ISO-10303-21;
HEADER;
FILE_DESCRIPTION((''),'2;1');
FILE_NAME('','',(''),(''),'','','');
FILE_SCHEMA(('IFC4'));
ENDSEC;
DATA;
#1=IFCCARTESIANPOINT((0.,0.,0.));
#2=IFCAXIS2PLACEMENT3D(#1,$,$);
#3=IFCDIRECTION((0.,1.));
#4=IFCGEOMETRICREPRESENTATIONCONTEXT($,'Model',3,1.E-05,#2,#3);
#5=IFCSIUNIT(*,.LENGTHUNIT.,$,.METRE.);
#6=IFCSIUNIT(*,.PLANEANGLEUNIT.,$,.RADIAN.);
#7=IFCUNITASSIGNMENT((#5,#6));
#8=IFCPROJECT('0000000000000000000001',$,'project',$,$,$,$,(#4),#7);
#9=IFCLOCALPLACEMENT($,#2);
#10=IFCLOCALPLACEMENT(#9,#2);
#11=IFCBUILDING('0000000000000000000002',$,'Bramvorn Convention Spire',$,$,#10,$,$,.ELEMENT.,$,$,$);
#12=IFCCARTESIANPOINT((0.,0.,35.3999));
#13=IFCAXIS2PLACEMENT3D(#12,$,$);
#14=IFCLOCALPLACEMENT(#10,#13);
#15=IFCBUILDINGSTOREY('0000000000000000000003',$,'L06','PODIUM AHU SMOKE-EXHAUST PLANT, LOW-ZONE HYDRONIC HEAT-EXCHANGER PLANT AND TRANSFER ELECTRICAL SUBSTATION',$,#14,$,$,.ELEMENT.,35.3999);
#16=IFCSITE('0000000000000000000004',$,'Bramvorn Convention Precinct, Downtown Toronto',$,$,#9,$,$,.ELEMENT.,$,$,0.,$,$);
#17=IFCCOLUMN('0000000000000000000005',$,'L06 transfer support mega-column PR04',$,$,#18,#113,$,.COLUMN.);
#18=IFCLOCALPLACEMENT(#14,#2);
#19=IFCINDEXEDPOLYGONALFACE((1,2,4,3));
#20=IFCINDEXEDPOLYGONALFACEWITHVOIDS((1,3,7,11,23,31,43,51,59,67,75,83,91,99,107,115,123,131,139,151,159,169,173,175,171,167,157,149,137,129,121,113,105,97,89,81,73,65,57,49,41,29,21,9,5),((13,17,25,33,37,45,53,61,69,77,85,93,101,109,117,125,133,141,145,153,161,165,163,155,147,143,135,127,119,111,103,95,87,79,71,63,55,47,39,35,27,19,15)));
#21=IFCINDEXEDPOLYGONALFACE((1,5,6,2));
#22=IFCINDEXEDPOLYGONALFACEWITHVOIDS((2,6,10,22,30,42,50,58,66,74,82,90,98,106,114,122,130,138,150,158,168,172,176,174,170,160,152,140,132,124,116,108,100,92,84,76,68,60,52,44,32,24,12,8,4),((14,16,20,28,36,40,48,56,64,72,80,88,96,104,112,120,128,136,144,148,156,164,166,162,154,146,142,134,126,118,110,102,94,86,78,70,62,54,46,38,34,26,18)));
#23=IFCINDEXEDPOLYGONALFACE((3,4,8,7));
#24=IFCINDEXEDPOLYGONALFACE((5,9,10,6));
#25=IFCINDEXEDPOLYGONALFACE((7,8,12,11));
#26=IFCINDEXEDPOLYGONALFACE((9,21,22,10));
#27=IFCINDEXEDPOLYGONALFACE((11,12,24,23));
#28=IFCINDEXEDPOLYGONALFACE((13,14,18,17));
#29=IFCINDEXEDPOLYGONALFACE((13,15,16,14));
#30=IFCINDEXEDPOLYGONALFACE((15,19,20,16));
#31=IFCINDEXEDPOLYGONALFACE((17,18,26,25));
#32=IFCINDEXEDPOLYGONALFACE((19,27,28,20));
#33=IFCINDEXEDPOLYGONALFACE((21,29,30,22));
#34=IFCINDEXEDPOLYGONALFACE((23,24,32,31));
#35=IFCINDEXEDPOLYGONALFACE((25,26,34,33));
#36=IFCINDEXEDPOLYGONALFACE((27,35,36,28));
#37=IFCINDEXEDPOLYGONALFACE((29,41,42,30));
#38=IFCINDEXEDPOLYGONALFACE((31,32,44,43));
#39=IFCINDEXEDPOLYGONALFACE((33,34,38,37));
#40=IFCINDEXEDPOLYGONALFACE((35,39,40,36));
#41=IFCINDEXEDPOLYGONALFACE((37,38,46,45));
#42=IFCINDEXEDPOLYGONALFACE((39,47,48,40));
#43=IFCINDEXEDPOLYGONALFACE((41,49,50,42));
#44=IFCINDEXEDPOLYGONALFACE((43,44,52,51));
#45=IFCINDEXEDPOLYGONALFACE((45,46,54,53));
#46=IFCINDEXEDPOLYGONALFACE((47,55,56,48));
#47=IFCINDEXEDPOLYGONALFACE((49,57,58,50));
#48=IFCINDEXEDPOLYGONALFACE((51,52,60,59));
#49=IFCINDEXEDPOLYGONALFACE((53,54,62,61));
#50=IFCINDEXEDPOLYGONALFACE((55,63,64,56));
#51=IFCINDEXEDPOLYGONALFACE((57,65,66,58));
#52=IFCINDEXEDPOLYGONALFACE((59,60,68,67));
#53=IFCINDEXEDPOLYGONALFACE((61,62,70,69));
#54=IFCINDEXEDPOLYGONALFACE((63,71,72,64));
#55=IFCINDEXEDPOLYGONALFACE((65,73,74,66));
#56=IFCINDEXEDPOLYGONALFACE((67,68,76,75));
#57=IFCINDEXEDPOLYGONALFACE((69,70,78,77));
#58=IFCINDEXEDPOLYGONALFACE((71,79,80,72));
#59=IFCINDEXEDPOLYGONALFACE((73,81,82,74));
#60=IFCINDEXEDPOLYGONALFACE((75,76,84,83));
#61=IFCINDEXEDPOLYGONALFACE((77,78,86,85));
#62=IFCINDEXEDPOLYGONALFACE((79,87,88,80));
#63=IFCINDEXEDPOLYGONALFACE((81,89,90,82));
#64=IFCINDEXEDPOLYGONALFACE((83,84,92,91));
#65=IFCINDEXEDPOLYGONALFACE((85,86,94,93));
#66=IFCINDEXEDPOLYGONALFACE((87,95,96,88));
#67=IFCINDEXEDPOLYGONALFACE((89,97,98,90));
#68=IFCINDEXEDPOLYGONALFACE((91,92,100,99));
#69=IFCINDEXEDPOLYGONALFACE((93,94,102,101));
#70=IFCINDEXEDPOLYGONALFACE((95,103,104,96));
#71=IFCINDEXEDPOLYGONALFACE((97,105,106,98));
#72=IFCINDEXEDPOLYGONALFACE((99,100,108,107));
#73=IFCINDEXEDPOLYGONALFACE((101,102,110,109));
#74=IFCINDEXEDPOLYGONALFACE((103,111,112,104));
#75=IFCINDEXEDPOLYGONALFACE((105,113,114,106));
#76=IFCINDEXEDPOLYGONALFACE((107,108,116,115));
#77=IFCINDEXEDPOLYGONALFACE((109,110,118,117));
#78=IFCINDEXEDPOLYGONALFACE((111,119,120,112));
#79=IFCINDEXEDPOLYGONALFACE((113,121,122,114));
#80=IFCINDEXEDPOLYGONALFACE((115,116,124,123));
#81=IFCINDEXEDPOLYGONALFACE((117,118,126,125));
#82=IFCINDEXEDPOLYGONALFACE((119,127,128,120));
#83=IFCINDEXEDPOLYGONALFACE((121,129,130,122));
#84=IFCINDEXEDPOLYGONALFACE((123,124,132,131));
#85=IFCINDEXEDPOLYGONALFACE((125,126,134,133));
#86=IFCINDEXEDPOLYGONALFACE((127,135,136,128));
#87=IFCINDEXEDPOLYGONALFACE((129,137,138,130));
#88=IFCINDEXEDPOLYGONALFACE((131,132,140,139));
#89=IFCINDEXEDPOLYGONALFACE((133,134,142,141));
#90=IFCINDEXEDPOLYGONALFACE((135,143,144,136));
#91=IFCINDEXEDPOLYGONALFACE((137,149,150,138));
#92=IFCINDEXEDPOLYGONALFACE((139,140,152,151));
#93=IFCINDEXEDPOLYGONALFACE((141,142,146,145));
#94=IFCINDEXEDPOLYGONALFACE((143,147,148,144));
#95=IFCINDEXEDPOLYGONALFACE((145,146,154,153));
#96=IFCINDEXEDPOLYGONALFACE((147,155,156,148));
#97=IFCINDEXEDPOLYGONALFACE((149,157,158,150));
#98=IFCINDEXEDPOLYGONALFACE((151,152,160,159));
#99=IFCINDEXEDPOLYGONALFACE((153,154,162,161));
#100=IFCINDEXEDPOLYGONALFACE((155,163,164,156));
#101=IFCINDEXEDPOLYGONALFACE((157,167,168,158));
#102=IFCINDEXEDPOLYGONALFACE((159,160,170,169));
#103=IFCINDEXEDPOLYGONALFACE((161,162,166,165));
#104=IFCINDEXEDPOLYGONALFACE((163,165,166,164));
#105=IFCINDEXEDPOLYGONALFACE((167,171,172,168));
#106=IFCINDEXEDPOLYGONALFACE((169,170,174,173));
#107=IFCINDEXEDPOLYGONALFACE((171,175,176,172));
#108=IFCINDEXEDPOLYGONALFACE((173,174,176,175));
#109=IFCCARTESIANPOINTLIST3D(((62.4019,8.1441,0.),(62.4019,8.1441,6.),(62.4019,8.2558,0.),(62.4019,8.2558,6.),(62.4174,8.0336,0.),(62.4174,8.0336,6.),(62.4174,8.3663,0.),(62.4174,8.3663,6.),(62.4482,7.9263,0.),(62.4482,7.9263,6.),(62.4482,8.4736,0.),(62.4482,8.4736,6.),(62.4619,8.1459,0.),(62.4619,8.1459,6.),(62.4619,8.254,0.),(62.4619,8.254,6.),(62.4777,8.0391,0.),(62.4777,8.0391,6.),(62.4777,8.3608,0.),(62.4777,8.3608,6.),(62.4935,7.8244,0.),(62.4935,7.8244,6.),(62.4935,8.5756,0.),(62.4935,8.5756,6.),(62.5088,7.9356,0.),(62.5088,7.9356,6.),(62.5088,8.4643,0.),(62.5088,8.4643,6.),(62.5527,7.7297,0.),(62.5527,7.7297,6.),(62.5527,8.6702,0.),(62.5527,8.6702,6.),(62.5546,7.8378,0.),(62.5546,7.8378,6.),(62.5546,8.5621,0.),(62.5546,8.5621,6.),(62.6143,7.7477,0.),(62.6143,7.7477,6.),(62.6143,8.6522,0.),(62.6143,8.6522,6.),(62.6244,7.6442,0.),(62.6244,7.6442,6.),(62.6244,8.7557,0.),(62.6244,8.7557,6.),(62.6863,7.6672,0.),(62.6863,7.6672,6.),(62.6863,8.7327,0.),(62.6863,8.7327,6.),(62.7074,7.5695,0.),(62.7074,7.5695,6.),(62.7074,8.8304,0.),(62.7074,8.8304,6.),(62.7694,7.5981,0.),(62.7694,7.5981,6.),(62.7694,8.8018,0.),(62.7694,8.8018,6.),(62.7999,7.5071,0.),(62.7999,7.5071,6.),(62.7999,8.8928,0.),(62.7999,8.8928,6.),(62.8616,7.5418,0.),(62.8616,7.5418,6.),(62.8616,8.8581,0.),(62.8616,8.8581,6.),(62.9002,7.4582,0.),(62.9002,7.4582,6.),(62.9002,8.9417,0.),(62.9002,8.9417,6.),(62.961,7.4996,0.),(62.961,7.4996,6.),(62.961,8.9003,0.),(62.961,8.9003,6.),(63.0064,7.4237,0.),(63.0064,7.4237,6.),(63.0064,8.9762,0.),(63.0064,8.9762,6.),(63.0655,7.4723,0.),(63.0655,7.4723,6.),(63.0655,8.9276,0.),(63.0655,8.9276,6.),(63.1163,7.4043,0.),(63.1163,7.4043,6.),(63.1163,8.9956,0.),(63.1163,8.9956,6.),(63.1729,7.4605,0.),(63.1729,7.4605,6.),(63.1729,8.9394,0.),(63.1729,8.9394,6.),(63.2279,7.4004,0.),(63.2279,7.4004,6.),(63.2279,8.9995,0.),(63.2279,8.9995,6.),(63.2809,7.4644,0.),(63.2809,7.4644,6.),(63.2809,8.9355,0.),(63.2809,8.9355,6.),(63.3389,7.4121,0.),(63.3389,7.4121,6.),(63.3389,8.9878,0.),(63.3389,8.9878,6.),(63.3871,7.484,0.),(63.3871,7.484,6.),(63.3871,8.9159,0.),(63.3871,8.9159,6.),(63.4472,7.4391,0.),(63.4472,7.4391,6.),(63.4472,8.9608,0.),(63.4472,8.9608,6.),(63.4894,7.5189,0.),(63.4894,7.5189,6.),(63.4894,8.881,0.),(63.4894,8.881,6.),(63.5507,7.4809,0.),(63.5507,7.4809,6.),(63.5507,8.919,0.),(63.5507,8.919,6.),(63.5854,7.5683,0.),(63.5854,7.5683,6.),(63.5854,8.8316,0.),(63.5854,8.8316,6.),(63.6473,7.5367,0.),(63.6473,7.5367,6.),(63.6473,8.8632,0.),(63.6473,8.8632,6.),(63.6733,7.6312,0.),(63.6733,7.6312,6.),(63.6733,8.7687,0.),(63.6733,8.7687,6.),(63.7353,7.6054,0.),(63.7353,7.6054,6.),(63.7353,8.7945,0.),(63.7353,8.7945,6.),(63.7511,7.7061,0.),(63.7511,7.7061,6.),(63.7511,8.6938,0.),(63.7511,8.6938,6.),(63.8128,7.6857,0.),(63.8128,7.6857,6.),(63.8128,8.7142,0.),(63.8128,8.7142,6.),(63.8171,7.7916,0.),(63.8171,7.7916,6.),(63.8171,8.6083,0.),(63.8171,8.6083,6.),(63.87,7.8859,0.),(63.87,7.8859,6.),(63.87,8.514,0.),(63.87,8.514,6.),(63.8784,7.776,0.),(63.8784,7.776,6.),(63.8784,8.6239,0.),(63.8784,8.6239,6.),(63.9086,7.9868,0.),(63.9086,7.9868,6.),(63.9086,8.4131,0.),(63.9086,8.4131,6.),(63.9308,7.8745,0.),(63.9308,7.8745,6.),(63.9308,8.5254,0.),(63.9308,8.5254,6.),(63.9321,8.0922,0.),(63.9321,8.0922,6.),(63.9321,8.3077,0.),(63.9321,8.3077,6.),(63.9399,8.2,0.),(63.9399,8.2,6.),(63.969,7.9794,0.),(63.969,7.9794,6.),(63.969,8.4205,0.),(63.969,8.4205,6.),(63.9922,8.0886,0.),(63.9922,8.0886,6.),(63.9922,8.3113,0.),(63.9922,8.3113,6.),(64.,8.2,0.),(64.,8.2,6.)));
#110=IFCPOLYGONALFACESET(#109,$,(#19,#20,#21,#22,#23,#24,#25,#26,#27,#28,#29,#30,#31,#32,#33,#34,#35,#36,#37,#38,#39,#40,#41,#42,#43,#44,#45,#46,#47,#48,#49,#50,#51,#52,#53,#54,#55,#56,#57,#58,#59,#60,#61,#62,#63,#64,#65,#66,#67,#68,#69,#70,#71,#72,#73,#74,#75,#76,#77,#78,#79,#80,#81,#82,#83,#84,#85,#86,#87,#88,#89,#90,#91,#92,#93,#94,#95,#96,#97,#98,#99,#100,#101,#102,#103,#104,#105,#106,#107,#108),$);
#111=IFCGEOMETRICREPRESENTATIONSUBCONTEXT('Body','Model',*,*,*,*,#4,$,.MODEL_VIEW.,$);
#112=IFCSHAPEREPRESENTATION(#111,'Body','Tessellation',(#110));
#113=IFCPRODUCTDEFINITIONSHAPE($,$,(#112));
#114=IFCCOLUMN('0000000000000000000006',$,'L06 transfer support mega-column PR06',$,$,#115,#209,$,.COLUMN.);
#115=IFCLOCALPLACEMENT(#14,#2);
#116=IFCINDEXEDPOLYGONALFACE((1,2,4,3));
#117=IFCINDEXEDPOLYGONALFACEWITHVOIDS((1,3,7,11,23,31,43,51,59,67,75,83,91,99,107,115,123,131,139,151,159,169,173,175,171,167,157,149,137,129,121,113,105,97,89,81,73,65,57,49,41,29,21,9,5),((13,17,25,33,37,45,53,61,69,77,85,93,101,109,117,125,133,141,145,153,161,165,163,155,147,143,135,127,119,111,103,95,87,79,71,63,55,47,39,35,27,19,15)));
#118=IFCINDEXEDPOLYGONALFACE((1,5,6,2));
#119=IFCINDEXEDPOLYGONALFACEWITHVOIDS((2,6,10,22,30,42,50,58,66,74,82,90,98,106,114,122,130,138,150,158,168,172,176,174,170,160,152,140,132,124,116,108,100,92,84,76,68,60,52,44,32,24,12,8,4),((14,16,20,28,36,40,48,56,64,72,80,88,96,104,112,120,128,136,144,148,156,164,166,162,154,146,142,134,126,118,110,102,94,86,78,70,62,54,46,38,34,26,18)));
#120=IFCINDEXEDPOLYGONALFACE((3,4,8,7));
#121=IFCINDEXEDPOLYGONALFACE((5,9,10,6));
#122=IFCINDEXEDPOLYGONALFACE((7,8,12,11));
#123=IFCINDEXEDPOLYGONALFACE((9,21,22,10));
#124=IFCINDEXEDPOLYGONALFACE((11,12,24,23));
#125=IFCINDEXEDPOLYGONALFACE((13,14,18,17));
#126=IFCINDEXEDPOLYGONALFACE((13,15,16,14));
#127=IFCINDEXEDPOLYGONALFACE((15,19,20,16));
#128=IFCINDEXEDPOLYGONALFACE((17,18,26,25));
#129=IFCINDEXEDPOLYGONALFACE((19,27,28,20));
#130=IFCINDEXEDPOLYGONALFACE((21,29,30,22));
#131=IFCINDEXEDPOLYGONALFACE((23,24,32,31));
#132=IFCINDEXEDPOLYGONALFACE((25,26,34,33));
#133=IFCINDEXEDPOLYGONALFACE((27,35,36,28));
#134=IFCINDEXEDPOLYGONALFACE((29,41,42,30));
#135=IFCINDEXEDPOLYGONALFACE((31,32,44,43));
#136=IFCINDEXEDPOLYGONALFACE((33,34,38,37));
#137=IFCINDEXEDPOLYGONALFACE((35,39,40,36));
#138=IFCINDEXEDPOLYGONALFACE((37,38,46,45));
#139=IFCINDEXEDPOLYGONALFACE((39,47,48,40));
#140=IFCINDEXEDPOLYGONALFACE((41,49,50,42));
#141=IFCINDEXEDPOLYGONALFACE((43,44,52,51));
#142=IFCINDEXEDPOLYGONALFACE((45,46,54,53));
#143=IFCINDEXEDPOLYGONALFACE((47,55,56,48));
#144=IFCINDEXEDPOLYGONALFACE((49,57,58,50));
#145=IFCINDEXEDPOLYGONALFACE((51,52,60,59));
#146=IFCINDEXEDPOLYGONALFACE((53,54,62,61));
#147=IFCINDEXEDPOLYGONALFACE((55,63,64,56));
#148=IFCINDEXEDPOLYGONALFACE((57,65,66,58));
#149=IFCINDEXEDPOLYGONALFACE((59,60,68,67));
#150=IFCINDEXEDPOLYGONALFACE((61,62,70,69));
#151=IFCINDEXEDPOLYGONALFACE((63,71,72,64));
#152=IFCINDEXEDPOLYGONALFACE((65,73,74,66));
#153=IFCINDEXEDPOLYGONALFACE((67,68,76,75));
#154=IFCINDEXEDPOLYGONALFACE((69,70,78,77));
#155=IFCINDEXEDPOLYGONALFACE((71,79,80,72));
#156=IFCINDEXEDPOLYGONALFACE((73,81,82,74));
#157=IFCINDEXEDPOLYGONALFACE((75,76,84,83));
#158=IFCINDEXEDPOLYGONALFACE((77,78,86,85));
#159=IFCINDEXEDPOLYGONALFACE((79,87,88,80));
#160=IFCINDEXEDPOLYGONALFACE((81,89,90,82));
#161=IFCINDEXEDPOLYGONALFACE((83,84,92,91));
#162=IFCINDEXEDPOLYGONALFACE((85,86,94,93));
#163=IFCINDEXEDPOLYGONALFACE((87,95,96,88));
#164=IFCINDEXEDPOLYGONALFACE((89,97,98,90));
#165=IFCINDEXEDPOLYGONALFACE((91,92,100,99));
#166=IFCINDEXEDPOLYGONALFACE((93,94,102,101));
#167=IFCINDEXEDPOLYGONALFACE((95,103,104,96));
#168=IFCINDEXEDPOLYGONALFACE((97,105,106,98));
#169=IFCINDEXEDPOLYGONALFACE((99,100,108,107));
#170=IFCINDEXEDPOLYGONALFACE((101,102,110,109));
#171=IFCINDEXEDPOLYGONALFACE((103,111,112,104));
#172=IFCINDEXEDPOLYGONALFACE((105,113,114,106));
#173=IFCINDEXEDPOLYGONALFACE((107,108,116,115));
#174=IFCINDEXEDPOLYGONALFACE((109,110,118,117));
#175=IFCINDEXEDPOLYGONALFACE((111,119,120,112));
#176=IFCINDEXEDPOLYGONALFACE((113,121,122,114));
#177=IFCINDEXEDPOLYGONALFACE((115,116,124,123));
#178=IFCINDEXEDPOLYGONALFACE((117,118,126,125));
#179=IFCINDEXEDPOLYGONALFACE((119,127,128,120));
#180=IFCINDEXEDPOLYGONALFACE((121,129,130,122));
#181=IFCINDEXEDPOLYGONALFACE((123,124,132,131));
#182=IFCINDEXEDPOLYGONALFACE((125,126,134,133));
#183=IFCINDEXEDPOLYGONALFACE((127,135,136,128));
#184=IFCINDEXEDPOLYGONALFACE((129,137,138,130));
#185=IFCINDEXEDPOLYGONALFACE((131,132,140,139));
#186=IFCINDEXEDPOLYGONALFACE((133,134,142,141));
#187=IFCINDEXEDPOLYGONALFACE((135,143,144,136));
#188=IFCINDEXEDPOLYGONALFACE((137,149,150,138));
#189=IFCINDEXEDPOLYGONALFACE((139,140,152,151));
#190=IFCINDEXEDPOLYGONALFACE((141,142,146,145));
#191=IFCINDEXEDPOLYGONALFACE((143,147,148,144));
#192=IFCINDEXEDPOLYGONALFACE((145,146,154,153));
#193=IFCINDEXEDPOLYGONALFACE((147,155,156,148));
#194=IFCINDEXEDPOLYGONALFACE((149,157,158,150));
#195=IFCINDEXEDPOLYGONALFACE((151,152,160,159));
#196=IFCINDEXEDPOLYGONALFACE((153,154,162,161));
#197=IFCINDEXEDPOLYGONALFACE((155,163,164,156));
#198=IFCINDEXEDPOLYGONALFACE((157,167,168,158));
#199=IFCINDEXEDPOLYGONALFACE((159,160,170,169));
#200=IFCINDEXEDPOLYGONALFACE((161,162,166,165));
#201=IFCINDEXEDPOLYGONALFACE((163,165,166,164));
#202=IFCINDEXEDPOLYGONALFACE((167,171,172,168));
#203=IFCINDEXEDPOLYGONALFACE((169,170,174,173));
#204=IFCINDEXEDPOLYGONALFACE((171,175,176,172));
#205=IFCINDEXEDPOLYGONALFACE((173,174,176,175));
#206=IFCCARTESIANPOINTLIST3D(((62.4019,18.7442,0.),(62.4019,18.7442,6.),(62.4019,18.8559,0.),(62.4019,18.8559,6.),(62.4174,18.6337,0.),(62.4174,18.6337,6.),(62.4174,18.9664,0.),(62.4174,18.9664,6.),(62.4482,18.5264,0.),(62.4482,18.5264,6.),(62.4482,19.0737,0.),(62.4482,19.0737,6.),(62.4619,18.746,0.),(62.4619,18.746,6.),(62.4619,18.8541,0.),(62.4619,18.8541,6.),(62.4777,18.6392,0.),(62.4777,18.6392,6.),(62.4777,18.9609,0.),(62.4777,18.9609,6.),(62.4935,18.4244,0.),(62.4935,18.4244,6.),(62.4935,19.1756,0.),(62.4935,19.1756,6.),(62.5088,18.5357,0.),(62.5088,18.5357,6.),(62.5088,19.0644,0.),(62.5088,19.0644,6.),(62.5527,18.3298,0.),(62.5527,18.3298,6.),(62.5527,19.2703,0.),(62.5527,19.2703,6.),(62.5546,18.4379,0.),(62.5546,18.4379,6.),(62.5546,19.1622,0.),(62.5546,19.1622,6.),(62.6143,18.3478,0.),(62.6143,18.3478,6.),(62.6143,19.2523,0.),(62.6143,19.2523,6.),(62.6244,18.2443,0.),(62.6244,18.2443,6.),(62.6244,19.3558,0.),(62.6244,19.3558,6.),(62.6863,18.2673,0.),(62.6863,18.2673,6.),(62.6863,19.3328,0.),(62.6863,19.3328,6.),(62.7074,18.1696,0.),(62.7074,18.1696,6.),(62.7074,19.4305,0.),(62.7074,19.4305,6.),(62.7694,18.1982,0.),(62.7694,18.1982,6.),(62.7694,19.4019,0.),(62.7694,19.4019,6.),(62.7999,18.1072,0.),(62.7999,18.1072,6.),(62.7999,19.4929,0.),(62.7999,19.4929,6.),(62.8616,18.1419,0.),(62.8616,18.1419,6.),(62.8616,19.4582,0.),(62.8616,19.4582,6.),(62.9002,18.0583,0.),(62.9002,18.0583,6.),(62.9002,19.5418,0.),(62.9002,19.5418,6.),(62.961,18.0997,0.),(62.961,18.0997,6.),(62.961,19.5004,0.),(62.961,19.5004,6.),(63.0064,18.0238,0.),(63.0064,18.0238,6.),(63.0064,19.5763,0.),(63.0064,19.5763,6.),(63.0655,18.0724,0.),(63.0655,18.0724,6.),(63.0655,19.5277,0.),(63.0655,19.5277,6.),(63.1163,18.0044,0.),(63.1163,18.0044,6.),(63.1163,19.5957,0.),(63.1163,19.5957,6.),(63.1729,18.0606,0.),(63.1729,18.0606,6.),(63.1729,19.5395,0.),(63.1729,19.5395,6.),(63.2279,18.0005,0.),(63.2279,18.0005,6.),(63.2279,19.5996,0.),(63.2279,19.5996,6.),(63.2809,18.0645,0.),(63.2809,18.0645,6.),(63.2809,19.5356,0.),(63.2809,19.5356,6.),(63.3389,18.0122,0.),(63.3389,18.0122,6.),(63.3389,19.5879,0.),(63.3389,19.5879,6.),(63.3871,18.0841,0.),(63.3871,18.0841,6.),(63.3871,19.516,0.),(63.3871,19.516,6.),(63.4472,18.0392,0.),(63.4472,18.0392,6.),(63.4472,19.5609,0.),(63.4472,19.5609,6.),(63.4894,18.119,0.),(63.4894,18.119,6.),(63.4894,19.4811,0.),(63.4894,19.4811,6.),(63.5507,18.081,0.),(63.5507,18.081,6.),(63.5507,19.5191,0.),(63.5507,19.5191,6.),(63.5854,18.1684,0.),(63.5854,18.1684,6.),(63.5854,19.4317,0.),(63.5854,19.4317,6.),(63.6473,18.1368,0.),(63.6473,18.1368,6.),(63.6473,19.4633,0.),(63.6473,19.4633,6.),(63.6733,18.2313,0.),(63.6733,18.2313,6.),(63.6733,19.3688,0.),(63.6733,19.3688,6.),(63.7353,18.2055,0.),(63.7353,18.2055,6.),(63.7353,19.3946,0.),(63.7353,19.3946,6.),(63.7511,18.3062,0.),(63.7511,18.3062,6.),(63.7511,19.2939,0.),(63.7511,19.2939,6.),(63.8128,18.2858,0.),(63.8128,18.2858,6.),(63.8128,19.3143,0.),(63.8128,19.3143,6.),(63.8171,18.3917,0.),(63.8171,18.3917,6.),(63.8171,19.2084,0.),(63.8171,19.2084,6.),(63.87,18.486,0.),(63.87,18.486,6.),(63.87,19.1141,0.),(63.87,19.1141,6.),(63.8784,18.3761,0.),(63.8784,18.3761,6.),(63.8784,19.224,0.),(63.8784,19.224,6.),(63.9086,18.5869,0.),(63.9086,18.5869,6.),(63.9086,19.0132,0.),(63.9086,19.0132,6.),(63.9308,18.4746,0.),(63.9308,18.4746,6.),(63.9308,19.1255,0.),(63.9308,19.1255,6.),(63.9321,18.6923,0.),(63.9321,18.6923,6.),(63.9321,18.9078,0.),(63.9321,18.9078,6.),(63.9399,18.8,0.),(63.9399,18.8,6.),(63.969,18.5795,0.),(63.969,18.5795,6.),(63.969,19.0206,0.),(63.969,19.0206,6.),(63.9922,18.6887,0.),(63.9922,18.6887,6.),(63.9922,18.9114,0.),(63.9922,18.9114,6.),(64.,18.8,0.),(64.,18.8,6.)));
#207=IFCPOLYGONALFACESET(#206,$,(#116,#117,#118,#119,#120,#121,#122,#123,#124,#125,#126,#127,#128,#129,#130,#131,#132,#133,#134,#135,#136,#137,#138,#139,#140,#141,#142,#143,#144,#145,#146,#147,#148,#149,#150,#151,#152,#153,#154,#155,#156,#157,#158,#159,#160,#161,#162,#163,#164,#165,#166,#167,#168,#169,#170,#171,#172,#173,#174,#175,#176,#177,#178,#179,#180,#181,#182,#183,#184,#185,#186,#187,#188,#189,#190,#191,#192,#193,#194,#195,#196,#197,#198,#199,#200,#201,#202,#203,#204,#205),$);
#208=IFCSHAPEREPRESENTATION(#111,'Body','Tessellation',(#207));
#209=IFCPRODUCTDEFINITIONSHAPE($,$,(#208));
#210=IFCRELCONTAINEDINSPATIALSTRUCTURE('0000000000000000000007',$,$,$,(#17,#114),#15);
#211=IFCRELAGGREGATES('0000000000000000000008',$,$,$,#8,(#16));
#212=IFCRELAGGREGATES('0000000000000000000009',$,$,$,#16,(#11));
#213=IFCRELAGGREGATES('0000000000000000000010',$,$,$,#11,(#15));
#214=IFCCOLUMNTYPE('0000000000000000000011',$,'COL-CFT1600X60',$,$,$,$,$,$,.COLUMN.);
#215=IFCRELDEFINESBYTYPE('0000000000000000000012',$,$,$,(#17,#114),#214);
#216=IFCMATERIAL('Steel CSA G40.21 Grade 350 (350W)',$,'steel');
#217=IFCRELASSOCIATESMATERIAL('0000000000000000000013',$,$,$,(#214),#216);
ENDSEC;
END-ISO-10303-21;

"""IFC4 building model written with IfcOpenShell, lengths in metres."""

from ifc_helpers import new_model, si_unit, direction, frame, origin, origin_2d, place, context, subcontext, project, spatial, hollow_circle, extrude, material, material_profile, profile_set, type_object, element, save


model = new_model("IFC4")

# Units and contexts
model_context = context("Model", 3, precision=1e-05, world=origin(), true_north=direction((0.0, 1.0)))
body_context = subcontext(model_context, "Body", "Model", "MODEL_VIEW")
ifc_project = project(units=[si_unit("LENGTHUNIT", "METRE"), si_unit("PLANEANGLEUNIT", "RADIAN")], contexts=[model_context])

# Site, building, storey
site_placement = place(None, origin())
site = spatial("IfcSite", under=ifc_project, at=site_placement, Name="Bramvorn Convention Precinct, Downtown Toronto", CompositionType="ELEMENT", RefElevation=0.0)
building_placement = place(site_placement, origin())
building = spatial("IfcBuilding", under=site, at=building_placement, Name="Bramvorn Convention Spire", CompositionType="ELEMENT")
storey_placement = place(building_placement, frame((0.0, 0.0, 35.3999)))
storey = spatial("IfcBuildingStorey", under=building, at=storey_placement, Name="L06", Description="PODIUM AHU SMOKE-EXHAUST PLANT, LOW-ZONE HYDRONIC HEAT-EXCHANGER PLANT AND TRANSFER ELECTRICAL SUBSTATION", CompositionType="ELEMENT", Elevation=35.3999)

# Columns
ifc_material_1 = material(Name="Steel CSA G40.21 Grade 350 (350W)", Category="steel")
ifc_material_profile_1 = material_profile(ifc_material_1, hollow_circle(Radius=0.8, WallThickness=0.0601, at=origin_2d()))
ifc_profile_set_1 = profile_set([ifc_material_profile_1], Name="Steel CSA G40.21 Grade 350 (350W) - CFT1600X60")
column_type = type_object("IfcColumnType", Name="COL-CFT1600X60", PredefinedType="COLUMN", material=ifc_profile_set_1)
for number, where, z_axis, x_axis, name in (
    (1, (63.2, 8.2, 0.0), (0.0, 0.0, 1.0), (1.0, 0.0, 0.0), "L06 transfer support mega-column PR04"),
    (2, (63.2, 18.8, 0.0), (0.0, 0.0, 1.0), (1.0, 0.0, 0.0), "L06 transfer support mega-column PR06"),
):
    element("IfcColumn", number, at=place(storey_placement, frame(where, z_axis=z_axis, x_axis=x_axis)), inside=storey, type_object=column_type, Name=name, PredefinedType="COLUMN", context=body_context, shape_type="SweptSolid", body=[
        extrude(hollow_circle(Radius=0.8, WallThickness=0.0601, at=origin_2d()), origin(), (0.0, 0.0, 1.0), 6.0),
    ])

save(model, "model.ifc")
